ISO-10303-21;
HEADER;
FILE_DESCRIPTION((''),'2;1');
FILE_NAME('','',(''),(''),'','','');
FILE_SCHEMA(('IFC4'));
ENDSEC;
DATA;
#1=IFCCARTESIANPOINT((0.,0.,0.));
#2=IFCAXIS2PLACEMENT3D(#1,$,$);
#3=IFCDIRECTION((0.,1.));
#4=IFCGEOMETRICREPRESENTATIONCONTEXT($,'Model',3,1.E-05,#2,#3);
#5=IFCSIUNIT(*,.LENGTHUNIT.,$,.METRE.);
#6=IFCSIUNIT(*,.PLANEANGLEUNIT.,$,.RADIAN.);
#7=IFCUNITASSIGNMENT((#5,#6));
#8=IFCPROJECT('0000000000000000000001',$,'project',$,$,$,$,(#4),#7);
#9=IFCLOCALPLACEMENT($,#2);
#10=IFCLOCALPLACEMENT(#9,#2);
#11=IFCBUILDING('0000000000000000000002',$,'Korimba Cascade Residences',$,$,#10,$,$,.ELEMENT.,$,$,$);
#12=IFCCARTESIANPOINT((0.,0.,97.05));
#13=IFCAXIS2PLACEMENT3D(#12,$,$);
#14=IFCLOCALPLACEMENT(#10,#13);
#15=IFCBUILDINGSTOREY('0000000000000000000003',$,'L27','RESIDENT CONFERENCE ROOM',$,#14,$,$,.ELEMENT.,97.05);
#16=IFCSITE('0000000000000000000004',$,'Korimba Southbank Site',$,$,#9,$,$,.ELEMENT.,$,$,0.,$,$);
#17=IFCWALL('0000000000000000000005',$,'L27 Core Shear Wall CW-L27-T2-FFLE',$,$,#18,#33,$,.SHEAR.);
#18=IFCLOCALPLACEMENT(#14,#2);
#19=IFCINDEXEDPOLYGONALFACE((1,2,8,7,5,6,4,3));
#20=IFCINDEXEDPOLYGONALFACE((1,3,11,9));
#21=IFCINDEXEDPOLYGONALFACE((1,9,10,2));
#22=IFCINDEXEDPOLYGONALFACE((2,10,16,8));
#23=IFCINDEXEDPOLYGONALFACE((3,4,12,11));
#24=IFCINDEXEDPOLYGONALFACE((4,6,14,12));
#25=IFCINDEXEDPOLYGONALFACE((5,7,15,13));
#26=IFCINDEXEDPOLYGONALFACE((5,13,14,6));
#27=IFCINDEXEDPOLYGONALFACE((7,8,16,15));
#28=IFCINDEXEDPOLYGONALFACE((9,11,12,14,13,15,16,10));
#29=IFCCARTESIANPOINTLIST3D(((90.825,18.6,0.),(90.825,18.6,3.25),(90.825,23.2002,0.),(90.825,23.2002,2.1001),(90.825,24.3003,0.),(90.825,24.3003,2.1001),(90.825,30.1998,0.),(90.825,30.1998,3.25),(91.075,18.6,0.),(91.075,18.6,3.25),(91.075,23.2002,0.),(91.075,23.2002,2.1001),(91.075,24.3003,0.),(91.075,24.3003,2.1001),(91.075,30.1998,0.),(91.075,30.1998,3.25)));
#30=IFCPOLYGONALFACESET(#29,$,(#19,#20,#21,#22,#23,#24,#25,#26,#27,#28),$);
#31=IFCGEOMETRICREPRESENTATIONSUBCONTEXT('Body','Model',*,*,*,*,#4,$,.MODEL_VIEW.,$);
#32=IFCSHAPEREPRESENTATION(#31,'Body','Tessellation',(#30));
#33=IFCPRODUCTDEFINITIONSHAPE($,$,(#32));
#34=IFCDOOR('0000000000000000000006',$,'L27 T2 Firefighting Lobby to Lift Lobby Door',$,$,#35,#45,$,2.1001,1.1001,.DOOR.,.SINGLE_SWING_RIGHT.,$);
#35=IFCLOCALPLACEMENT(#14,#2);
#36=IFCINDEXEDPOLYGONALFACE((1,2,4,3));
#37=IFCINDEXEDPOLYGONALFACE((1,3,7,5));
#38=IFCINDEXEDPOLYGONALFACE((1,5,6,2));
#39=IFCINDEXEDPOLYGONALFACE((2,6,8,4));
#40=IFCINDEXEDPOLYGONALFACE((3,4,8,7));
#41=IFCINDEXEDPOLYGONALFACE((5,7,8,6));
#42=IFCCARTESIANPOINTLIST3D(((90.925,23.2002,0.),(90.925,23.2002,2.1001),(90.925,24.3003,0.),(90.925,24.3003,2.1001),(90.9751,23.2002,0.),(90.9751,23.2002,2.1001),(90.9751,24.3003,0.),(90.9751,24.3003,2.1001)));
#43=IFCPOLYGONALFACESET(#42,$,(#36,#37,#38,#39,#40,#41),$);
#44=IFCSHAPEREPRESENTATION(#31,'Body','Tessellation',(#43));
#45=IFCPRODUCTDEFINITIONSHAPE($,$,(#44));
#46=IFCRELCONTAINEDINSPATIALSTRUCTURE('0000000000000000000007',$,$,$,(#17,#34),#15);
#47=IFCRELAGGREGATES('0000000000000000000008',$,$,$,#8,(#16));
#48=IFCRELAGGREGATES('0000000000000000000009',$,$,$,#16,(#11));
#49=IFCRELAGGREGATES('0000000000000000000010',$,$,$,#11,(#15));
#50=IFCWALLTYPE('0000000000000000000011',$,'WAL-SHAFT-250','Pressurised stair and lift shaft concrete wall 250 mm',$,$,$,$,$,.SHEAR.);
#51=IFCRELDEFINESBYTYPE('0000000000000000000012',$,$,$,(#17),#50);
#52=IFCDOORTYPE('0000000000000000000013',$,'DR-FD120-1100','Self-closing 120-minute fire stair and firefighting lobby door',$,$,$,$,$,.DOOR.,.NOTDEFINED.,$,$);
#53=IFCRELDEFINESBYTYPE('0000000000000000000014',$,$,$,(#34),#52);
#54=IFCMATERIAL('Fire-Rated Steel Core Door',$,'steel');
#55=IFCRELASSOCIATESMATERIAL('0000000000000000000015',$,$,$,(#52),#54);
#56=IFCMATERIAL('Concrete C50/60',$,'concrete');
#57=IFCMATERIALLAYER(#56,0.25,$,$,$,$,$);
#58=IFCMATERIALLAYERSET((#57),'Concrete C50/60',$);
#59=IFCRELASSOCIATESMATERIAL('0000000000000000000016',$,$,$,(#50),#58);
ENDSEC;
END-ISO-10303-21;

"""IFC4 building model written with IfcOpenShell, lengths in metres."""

from ifc_helpers import new_model, si_unit, direction, frame, frame_2d, origin, place, context, subcontext, project, spatial, rectangle, extrude, material, layer, layer_set, type_object, element, fill, save


model = new_model("IFC4")

# Units and contexts
model_context = context("Model", 3, precision=1e-05, world=origin(), true_north=direction((0.0, 1.0)))
body_context = subcontext(model_context, "Body", "Model", "MODEL_VIEW")
ifc_project = project(units=[si_unit("LENGTHUNIT", "METRE"), si_unit("PLANEANGLEUNIT", "RADIAN")], contexts=[model_context])

# Site, building, storey
site_placement = place(None, origin())
site = spatial("IfcSite", under=ifc_project, at=site_placement, Name="Korimba Southbank Site", CompositionType="ELEMENT", RefElevation=0.0)
building_placement = place(site_placement, origin())
building = spatial("IfcBuilding", under=site, at=building_placement, Name="Korimba Cascade Residences", CompositionType="ELEMENT")
storey_placement = place(building_placement, frame((0.0, 0.0, 97.05)))
storey = spatial("IfcBuildingStorey", under=building, at=storey_placement, Name="L27", Description="RESIDENT CONFERENCE ROOM", CompositionType="ELEMENT", Elevation=97.05)

# Shared definitions
ifc_material_1 = material(Name="Fire-Rated Steel Core Door", Category="steel")
door_type_1 = type_object("IfcDoorType", Name="DR-FD120-1100", Description="Self-closing 120-minute fire stair and firefighting lobby door", OperationType="NOTDEFINED", PredefinedType="DOOR", material=ifc_material_1)

# Shared definitions
ifc_material_2 = material(Name="Concrete C50/60", Category="concrete")
ifc_layer_1 = layer(ifc_material_2, 0.25)
ifc_layer_set_1 = layer_set([ifc_layer_1], Name="Concrete C50/60")
wall_type_1 = type_object("IfcWallType", Name="WAL-SHAFT-250", Description="Pressurised stair and lift shaft concrete wall 250 mm", PredefinedType="SHEAR", material=ifc_layer_set_1)

# Wall, opening, door
wall_1_placement = place(storey_placement, frame((90.95, 18.6001, 0.0), z_axis=(0.0, 0.0, 1.0), x_axis=(0.0, 1.0, 0.0)))
wall_1 = element("IfcWall", 1, at=wall_1_placement, inside=storey, type_object=wall_type_1, Name="L27 Core Shear Wall CW-L27-T2-FFLE", PredefinedType="SHEAR", context=body_context, shape_type="SweptSolid", body=[
    extrude(rectangle(XDim=11.5999, YDim=0.25, at=frame_2d((5.7998, 0.0))), origin(), (0.0, 0.0, 1.0), 3.25),
])
opening_1_placement = place(wall_1_placement, frame((4.6001, 0.0, 0.0)))
opening_1 = element("IfcOpeningElement", 2, at=opening_1_placement, cuts=wall_1, PredefinedType="OPENING", context=body_context, shape_type="SweptSolid", body=[
    extrude(rectangle(XDim=1.1001, YDim=2.1001, at=frame_2d((0.55, 1.05))), frame((0.0, 0.135, 0.0), z_axis=(0.0, -1.0, 0.0), x_axis=(1.0, 0.0, 0.0)), (0.0, 0.0, 1.0), 0.27),
])
door_1_placement = place(opening_1_placement, origin())
door_1 = element("IfcDoor", 3, at=door_1_placement, inside=storey, type_object=door_type_1, Name="L27 T2 Firefighting Lobby to Lift Lobby Door", OperationType="SINGLE_SWING_RIGHT", OverallHeight=2.1001, OverallWidth=1.1001, PredefinedType="DOOR", context=body_context, shape_type="SweptSolid", body=[
    extrude(rectangle(XDim=1.1001, YDim=2.1001, at=frame_2d((0.55, 1.05))), frame((0.0, 0.0249, 0.0), z_axis=(0.0, -1.0, 0.0), x_axis=(1.0, 0.0, 0.0)), (0.0, 0.0, 1.0), 0.05),
])
fill(opening_1, door_1)

save(model, "model.ifc")
